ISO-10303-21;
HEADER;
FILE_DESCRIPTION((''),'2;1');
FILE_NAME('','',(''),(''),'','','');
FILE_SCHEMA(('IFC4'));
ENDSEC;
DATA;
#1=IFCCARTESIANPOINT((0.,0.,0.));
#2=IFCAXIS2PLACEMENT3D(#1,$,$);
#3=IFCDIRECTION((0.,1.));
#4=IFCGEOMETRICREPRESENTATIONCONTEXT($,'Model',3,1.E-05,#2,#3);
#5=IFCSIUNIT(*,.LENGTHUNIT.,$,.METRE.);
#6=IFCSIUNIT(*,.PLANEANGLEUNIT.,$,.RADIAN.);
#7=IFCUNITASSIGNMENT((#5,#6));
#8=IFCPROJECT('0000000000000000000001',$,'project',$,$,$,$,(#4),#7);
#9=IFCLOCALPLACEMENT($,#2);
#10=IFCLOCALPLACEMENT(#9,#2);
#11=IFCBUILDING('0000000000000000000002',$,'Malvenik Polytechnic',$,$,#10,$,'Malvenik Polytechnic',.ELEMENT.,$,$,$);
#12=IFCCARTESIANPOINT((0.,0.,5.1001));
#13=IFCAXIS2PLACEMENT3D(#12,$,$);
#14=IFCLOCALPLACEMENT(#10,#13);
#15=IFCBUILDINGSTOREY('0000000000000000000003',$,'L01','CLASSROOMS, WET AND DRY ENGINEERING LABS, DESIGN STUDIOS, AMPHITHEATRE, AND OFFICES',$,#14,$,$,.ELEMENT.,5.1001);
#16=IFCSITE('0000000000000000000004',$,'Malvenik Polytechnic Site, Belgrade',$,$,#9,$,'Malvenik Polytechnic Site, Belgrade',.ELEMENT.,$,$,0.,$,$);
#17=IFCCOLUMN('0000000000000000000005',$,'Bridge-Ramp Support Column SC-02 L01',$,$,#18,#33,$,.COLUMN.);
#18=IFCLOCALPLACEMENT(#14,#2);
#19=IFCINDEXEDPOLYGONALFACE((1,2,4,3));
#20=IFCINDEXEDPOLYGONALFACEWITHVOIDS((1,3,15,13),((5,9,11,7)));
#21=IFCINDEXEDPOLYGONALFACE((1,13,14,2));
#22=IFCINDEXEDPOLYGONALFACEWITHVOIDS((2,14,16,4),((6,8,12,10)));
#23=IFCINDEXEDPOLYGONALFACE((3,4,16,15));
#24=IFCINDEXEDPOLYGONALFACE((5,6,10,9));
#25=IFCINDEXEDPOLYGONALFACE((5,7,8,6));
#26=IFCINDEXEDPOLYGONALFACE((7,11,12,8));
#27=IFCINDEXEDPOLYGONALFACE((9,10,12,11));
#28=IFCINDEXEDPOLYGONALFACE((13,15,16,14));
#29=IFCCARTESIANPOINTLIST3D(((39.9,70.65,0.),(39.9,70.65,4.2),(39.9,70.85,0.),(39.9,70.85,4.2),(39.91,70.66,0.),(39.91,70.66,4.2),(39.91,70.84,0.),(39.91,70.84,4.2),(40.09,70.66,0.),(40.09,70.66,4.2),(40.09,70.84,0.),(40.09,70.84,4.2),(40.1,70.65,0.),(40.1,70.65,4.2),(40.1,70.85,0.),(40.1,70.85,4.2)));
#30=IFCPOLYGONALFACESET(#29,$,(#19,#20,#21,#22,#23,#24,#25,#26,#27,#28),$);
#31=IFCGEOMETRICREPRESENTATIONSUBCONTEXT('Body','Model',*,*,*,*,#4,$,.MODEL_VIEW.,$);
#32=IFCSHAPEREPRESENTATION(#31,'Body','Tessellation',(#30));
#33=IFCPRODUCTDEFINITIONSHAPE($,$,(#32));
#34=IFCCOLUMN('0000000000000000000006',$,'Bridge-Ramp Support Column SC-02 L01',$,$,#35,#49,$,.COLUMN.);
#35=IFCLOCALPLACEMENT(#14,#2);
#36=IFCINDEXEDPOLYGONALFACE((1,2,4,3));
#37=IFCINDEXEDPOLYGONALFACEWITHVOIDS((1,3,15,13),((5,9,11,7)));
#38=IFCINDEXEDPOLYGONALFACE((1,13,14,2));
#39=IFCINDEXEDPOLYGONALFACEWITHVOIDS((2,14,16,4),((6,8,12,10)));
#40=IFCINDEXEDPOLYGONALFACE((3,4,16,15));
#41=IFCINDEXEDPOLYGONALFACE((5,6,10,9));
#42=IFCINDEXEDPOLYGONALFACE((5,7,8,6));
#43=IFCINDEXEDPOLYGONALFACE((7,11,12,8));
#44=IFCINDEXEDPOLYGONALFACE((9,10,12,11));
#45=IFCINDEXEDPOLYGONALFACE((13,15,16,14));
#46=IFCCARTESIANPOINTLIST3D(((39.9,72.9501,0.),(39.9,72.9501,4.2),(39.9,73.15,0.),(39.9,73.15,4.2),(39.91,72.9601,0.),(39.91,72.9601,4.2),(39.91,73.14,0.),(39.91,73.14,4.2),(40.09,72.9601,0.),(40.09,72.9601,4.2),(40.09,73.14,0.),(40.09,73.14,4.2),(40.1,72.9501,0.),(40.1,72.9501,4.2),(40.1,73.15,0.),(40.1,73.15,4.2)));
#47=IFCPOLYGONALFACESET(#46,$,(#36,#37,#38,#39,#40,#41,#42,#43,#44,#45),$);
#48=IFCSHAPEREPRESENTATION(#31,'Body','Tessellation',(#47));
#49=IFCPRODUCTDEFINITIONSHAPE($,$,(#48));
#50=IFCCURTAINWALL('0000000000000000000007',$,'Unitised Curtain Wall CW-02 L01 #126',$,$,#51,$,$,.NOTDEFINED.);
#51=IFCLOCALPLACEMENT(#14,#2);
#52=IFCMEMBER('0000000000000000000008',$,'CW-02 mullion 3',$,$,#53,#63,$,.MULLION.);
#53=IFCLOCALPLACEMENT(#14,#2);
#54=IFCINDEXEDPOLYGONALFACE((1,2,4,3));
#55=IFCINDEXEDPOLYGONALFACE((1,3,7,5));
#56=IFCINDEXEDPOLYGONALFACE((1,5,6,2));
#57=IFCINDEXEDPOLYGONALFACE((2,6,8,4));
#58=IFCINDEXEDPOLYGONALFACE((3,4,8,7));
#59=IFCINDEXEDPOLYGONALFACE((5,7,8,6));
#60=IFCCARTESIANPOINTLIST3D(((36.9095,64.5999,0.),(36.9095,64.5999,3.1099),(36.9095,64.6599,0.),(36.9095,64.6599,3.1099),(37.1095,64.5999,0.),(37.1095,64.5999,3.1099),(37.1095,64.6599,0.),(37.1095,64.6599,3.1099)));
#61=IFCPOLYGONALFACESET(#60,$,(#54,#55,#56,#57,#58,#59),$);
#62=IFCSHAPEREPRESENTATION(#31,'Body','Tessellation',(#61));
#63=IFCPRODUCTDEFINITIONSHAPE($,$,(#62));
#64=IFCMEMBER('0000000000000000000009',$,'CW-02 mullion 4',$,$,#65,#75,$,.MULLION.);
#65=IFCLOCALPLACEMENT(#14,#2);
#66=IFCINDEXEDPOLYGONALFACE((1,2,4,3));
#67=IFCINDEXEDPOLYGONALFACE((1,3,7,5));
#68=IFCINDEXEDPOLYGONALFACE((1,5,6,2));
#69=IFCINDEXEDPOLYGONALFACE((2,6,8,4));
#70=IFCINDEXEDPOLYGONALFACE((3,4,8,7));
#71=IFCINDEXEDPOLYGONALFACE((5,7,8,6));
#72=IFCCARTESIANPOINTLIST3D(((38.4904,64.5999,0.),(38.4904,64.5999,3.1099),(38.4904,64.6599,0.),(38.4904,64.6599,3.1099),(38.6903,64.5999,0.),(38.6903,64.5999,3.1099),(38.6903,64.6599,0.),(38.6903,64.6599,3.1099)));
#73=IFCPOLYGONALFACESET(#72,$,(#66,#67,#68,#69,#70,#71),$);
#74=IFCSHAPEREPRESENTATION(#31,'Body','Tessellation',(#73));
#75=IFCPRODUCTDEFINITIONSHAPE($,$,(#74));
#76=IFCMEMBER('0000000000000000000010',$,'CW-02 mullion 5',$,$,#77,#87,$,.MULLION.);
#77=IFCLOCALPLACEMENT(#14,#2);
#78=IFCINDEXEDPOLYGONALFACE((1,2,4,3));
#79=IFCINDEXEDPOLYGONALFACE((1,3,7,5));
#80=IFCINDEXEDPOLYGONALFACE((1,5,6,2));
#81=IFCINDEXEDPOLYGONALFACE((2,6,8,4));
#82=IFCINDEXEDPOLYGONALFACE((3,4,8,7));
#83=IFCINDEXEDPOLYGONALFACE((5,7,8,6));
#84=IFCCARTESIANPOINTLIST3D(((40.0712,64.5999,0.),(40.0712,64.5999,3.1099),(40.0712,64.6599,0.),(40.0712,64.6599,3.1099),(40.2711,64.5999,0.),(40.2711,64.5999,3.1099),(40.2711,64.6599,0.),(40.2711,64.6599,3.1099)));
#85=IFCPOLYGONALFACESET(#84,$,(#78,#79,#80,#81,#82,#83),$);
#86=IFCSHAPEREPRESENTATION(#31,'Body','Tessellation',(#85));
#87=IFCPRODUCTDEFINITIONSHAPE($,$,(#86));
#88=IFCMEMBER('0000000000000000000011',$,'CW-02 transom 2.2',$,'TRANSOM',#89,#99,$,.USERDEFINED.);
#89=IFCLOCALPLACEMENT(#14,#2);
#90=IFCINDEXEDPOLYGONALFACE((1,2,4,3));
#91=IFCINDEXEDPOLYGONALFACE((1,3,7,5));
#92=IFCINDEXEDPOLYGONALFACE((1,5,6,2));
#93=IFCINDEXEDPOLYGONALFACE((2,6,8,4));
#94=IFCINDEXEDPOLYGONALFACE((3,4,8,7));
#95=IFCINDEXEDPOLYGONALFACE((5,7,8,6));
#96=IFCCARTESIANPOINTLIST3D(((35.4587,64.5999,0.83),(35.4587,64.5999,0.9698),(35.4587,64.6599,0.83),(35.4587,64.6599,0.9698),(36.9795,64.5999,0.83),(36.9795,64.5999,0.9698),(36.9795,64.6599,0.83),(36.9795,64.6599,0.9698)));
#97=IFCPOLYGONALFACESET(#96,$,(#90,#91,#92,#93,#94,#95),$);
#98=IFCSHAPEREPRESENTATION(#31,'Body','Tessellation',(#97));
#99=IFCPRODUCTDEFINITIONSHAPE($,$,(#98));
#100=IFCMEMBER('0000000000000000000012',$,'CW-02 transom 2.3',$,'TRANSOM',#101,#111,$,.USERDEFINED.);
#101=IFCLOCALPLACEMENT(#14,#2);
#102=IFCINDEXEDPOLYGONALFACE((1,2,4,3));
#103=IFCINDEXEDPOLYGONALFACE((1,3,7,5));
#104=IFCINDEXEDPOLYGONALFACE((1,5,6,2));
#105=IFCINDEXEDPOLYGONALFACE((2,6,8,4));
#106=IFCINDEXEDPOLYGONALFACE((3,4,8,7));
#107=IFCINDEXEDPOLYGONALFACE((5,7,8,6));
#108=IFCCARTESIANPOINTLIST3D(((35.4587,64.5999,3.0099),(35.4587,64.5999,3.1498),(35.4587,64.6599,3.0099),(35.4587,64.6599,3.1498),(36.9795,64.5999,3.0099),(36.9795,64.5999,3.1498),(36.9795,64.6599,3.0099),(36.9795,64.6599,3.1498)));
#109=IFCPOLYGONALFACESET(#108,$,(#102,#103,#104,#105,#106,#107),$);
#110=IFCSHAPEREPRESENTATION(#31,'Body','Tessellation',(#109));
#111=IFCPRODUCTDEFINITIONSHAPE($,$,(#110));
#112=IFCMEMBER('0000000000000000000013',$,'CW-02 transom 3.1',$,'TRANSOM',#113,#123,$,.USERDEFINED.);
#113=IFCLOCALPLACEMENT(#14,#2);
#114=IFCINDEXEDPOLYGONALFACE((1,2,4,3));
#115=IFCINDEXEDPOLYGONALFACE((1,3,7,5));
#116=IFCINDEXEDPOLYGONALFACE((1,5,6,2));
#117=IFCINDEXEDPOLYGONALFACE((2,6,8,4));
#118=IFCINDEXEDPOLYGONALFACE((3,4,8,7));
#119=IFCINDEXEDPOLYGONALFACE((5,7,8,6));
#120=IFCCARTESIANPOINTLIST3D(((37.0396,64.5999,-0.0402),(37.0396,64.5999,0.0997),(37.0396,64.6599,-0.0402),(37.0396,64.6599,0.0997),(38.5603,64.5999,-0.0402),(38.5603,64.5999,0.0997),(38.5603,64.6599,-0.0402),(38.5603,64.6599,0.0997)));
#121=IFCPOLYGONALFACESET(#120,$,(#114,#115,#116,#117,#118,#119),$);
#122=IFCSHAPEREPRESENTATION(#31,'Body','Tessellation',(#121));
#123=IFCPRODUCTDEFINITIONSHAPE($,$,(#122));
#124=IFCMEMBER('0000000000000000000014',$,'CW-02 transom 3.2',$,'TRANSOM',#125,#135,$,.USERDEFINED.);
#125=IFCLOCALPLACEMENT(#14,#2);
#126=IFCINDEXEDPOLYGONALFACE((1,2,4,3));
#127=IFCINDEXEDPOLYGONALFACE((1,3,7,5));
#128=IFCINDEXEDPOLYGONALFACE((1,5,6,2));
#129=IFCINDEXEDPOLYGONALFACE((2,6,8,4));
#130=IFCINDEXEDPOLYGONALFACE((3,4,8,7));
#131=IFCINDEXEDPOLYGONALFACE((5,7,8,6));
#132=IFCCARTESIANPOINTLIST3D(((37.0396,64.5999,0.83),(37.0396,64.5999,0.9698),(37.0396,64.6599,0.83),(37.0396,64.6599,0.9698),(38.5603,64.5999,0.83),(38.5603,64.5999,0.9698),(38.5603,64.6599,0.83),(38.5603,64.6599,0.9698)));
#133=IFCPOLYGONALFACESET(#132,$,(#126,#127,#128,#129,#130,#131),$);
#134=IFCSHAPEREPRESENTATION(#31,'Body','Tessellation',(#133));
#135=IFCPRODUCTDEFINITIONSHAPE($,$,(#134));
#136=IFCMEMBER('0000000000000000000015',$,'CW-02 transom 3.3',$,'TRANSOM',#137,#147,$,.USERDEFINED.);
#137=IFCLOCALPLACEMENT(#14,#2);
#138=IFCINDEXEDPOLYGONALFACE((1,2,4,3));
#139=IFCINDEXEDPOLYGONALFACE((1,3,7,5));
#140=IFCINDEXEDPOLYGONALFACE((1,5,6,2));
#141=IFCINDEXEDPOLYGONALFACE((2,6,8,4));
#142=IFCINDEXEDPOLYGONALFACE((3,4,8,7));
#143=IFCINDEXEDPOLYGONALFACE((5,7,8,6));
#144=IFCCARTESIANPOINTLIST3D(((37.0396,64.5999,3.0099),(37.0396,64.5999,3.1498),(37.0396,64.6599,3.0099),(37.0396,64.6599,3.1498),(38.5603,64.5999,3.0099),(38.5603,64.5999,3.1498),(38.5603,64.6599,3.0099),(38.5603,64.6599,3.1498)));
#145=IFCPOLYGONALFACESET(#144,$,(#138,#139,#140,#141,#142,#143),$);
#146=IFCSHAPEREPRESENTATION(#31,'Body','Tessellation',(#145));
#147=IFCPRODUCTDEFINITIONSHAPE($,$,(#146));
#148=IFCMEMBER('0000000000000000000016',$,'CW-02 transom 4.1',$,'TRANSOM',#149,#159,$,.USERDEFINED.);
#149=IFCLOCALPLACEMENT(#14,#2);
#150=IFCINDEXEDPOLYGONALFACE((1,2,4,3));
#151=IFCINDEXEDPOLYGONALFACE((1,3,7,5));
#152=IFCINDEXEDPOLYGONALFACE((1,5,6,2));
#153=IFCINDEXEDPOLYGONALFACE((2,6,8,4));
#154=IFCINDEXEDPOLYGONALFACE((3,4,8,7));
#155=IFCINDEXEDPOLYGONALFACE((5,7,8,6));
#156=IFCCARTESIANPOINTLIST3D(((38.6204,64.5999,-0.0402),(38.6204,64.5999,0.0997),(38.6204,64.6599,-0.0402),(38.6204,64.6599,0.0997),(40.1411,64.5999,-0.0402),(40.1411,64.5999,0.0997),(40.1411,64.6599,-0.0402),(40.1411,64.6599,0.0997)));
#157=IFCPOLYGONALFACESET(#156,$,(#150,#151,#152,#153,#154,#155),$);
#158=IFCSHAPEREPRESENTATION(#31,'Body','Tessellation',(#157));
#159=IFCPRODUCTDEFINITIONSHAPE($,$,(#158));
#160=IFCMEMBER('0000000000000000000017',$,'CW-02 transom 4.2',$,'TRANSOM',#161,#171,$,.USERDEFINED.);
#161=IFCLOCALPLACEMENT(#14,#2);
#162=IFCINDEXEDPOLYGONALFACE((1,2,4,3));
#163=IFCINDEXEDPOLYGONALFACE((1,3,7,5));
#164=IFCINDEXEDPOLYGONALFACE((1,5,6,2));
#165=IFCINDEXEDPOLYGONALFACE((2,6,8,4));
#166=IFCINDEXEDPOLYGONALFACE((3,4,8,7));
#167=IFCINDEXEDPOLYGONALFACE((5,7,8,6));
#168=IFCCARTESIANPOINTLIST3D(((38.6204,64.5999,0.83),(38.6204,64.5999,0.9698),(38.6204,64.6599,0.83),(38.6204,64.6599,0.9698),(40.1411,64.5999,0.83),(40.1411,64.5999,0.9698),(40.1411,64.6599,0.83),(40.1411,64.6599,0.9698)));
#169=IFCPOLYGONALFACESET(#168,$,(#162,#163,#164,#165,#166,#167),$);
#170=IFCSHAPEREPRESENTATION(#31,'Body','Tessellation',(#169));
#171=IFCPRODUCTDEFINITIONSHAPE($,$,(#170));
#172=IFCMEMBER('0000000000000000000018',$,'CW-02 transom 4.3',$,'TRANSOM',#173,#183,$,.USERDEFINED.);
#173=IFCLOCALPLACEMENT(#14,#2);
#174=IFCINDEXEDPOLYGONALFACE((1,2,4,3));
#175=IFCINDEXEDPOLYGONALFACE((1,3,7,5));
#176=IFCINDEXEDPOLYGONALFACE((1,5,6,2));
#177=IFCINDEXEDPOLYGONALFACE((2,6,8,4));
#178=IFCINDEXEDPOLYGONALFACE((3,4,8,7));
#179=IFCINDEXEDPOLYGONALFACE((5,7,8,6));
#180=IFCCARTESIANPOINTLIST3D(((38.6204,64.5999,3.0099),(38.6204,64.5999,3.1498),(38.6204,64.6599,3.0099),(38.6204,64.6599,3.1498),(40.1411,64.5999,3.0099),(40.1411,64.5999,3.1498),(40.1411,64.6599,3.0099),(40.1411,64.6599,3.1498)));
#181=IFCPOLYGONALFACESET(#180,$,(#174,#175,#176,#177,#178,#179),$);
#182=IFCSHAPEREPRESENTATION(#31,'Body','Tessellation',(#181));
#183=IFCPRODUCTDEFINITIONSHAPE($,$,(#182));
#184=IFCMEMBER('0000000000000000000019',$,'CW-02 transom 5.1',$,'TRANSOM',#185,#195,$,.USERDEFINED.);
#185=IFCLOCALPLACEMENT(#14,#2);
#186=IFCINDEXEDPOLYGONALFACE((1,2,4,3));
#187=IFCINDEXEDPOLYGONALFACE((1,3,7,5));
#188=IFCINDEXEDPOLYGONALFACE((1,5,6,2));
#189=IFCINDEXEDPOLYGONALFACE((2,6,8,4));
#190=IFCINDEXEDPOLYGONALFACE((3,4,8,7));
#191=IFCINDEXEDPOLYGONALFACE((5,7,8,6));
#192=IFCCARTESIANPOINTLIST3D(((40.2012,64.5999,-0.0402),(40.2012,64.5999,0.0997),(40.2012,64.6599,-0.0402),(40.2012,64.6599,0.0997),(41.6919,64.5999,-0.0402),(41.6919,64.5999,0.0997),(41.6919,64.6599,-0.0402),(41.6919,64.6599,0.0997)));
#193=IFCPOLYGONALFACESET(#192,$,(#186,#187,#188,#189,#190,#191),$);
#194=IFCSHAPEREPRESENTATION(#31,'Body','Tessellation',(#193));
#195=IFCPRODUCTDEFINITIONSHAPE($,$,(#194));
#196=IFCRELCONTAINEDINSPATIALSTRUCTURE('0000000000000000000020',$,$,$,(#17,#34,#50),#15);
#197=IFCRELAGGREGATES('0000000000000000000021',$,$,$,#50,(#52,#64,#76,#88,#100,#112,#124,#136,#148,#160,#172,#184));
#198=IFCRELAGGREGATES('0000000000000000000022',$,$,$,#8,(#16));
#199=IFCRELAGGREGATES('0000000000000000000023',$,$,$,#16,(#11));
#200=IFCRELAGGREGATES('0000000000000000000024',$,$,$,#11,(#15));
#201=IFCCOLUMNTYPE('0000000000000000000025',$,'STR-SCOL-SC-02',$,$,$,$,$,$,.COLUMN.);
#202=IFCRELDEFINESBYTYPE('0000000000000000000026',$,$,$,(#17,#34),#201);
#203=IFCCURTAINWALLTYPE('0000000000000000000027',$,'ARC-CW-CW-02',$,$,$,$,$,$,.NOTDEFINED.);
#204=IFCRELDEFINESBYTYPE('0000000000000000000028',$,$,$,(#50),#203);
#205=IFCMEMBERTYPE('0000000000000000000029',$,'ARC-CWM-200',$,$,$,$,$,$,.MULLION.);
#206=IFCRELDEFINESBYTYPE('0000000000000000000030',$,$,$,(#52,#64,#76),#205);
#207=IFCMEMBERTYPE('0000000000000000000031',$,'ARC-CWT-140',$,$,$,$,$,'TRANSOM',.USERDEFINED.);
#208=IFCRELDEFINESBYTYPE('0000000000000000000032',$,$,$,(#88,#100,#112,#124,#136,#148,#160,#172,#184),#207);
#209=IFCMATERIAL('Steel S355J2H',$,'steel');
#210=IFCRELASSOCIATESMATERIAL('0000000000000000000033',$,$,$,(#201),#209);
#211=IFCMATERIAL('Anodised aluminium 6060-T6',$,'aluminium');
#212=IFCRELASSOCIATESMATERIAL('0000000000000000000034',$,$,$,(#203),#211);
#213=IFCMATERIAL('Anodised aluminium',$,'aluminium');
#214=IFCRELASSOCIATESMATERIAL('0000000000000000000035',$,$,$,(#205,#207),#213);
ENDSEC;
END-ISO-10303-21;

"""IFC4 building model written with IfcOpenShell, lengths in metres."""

from ifc_helpers import new_model, si_unit, direction, frame, origin, origin_2d, place, context, subcontext, project, spatial, rectangle, hollow_rectangle, extrude, material, material_profile, profile_set, type_object, element, aggregate, save


model = new_model("IFC4")

# Units and contexts
model_context = context("Model", 3, precision=1e-05, world=origin(), true_north=direction((0.0, 1.0)))
body_context = subcontext(model_context, "Body", "Model", "MODEL_VIEW")
ifc_project = project(units=[si_unit("LENGTHUNIT", "METRE"), si_unit("PLANEANGLEUNIT", "RADIAN")], contexts=[model_context])

# Site, building, storey
site_placement = place(None, origin())
site = spatial("IfcSite", under=ifc_project, at=site_placement, Name="Malvenik Polytechnic Site, Belgrade", LongName="Malvenik Polytechnic Site, Belgrade", CompositionType="ELEMENT", RefElevation=0.0)
building_placement = place(site_placement, origin())
building = spatial("IfcBuilding", under=site, at=building_placement, Name="Malvenik Polytechnic", LongName="Malvenik Polytechnic", CompositionType="ELEMENT")
storey_placement = place(building_placement, frame((0.0, 0.0, 5.1001)))
storey = spatial("IfcBuildingStorey", under=building, at=storey_placement, Name="L01", Description="CLASSROOMS, WET AND DRY ENGINEERING LABS, DESIGN STUDIOS, AMPHITHEATRE, AND OFFICES", CompositionType="ELEMENT", Elevation=5.1001)

# Columns
ifc_material_1 = material(Name="Steel S355J2H", Category="steel")
ifc_material_profile_1 = material_profile(ifc_material_1, hollow_rectangle(XDim=0.2, YDim=0.2, WallThickness=0.01, at=origin_2d()), Name="SHS 200x200x10.0")
ifc_profile_set_1 = profile_set([ifc_material_profile_1], Name="Steel S355J2H")
column_type = type_object("IfcColumnType", Name="STR-SCOL-SC-02", PredefinedType="COLUMN", material=ifc_profile_set_1)
for number, where, z_axis, x_axis, name in (
    (1, (40.0, 70.75, 0.0), (0.0, 0.0, 1.0), (1.0, 0.0, 0.0), "Bridge-Ramp Support Column SC-02 L01"),
    (2, (40.0, 73.05, 0.0), (0.0, 0.0, 1.0), (1.0, 0.0, 0.0), "Bridge-Ramp Support Column SC-02 L01"),
):
    element("IfcColumn", number, at=place(storey_placement, frame(where, z_axis=z_axis, x_axis=x_axis)), inside=storey, type_object=column_type, Name=name, PredefinedType="COLUMN", context=body_context, shape_type="SweptSolid", body=[
        extrude(hollow_rectangle(XDim=0.2, YDim=0.2, WallThickness=0.01, at=origin_2d()), origin(), (0.0, 0.0, 1.0), 4.2),
    ])

# Curtain wall, members
ifc_material_2 = material(Name="Anodised aluminium 6060-T6", Category="aluminium")
curtain_wall_type = type_object("IfcCurtainWallType", Name="ARC-CW-CW-02", PredefinedType="NOTDEFINED", material=ifc_material_2)
curtain_wall_placement = place(storey_placement, origin())
curtain_wall = element("IfcCurtainWall", 3, at=curtain_wall_placement, inside=storey, type_object=curtain_wall_type, Name="Unitised Curtain Wall CW-02 L01 #126", PredefinedType="NOTDEFINED")
ifc_material_3 = material(Name="Anodised aluminium", Category="aluminium")
ifc_material_profile_2 = material_profile(ifc_material_3, rectangle(XDim=0.0601, YDim=0.2, at=origin_2d()), Name="ALU MULLION 60x200")
ifc_profile_set_2 = profile_set([ifc_material_profile_2], Name="Anodised aluminium")
member_type_1 = type_object("IfcMemberType", Name="ARC-CWM-200", PredefinedType="MULLION", material=ifc_profile_set_2)
member_1_placement = place(storey_placement, frame((37.0095, 64.6299, 0.0), z_axis=(0.0, 0.0, 1.0), x_axis=(0.0, 1.0, 0.0)))
member_1 = element("IfcMember", 4, at=member_1_placement, type_object=member_type_1, Name="CW-02 mullion 3", PredefinedType="MULLION", context=body_context, shape_type="SweptSolid", body=[
    extrude(rectangle(XDim=0.0601, YDim=0.2, at=origin_2d()), origin(), (0.0, 0.0, 1.0), 3.1099),
])
member_2_placement = place(storey_placement, frame((38.5903, 64.6299, 0.0), z_axis=(0.0, 0.0, 1.0), x_axis=(0.0, 1.0, 0.0)))
member_2 = element("IfcMember", 5, at=member_2_placement, type_object=member_type_1, Name="CW-02 mullion 4", PredefinedType="MULLION", context=body_context, shape_type="SweptSolid", body=[
    extrude(rectangle(XDim=0.0601, YDim=0.2, at=origin_2d()), origin(), (0.0, 0.0, 1.0), 3.1099),
])
member_3_placement = place(storey_placement, frame((40.1711, 64.6299, 0.0), z_axis=(0.0, 0.0, 1.0), x_axis=(0.0, 1.0, 0.0)))
member_3 = element("IfcMember", 6, at=member_3_placement, type_object=member_type_1, Name="CW-02 mullion 5", PredefinedType="MULLION", context=body_context, shape_type="SweptSolid", body=[
    extrude(rectangle(XDim=0.0601, YDim=0.2, at=origin_2d()), origin(), (0.0, 0.0, 1.0), 3.1099),
])
ifc_material_profile_3 = material_profile(ifc_material_3, rectangle(XDim=0.0601, YDim=0.1399, at=origin_2d()), Name="ALU TRANSOM 60x140")
ifc_profile_set_3 = profile_set([ifc_material_profile_3], Name="Anodised aluminium")
member_type_2 = type_object("IfcMemberType", Name="ARC-CWT-140", ElementType="TRANSOM", PredefinedType="USERDEFINED", material=ifc_profile_set_3)
member_4_placement = place(storey_placement, frame((35.4587, 64.6299, 0.8999), z_axis=(1.0, 0.0, 0.0), x_axis=(0.0, 1.0, 0.0)))
member_4 = element("IfcMember", 7, at=member_4_placement, type_object=member_type_2, Name="CW-02 transom 2.2", ObjectType="TRANSOM", PredefinedType="USERDEFINED", context=body_context, shape_type="SweptSolid", body=[
    extrude(rectangle(XDim=0.0601, YDim=0.1399, at=origin_2d()), origin(), (0.0, 0.0, 1.0), 1.5208),
])
member_5_placement = place(storey_placement, frame((35.4587, 64.6299, 3.0798), z_axis=(1.0, 0.0, 0.0), x_axis=(0.0, 1.0, 0.0)))
member_5 = element("IfcMember", 8, at=member_5_placement, type_object=member_type_2, Name="CW-02 transom 2.3", ObjectType="TRANSOM", PredefinedType="USERDEFINED", context=body_context, shape_type="SweptSolid", body=[
    extrude(rectangle(XDim=0.0601, YDim=0.1399, at=origin_2d()), origin(), (0.0, 0.0, 1.0), 1.5208),
])
member_6_placement = place(storey_placement, frame((37.0396, 64.6299, 0.0298), z_axis=(1.0, 0.0, 0.0), x_axis=(0.0, 1.0, 0.0)))
member_6 = element("IfcMember", 9, at=member_6_placement, type_object=member_type_2, Name="CW-02 transom 3.1", ObjectType="TRANSOM", PredefinedType="USERDEFINED", context=body_context, shape_type="SweptSolid", body=[
    extrude(rectangle(XDim=0.0601, YDim=0.1399, at=origin_2d()), origin(), (0.0, 0.0, 1.0), 1.5208),
])
member_7_placement = place(storey_placement, frame((37.0396, 64.6299, 0.8999), z_axis=(1.0, 0.0, 0.0), x_axis=(0.0, 1.0, 0.0)))
member_7 = element("IfcMember", 10, at=member_7_placement, type_object=member_type_2, Name="CW-02 transom 3.2", ObjectType="TRANSOM", PredefinedType="USERDEFINED", context=body_context, shape_type="SweptSolid", body=[
    extrude(rectangle(XDim=0.0601, YDim=0.1399, at=origin_2d()), origin(), (0.0, 0.0, 1.0), 1.5208),
])
member_8_placement = place(storey_placement, frame((37.0396, 64.6299, 3.0798), z_axis=(1.0, 0.0, 0.0), x_axis=(0.0, 1.0, 0.0)))
member_8 = element("IfcMember", 11, at=member_8_placement, type_object=member_type_2, Name="CW-02 transom 3.3", ObjectType="TRANSOM", PredefinedType="USERDEFINED", context=body_context, shape_type="SweptSolid", body=[
    extrude(rectangle(XDim=0.0601, YDim=0.1399, at=origin_2d()), origin(), (0.0, 0.0, 1.0), 1.5208),
])
member_9_placement = place(storey_placement, frame((38.6204, 64.6299, 0.0298), z_axis=(1.0, 0.0, 0.0), x_axis=(0.0, 1.0, 0.0)))
member_9 = element("IfcMember", 12, at=member_9_placement, type_object=member_type_2, Name="CW-02 transom 4.1", ObjectType="TRANSOM", PredefinedType="USERDEFINED", context=body_context, shape_type="SweptSolid", body=[
    extrude(rectangle(XDim=0.0601, YDim=0.1399, at=origin_2d()), origin(), (0.0, 0.0, 1.0), 1.5208),
])
member_10_placement = place(storey_placement, frame((38.6204, 64.6299, 0.8999), z_axis=(1.0, 0.0, 0.0), x_axis=(0.0, 1.0, 0.0)))
member_10 = element("IfcMember", 13, at=member_10_placement, type_object=member_type_2, Name="CW-02 transom 4.2", ObjectType="TRANSOM", PredefinedType="USERDEFINED", context=body_context, shape_type="SweptSolid", body=[
    extrude(rectangle(XDim=0.0601, YDim=0.1399, at=origin_2d()), origin(), (0.0, 0.0, 1.0), 1.5208),
])
member_11_placement = place(storey_placement, frame((38.6204, 64.6299, 3.0798), z_axis=(1.0, 0.0, 0.0), x_axis=(0.0, 1.0, 0.0)))
member_11 = element("IfcMember", 14, at=member_11_placement, type_object=member_type_2, Name="CW-02 transom 4.3", ObjectType="TRANSOM", PredefinedType="USERDEFINED", context=body_context, shape_type="SweptSolid", body=[
    extrude(rectangle(XDim=0.0601, YDim=0.1399, at=origin_2d()), origin(), (0.0, 0.0, 1.0), 1.5208),
])
member_12_placement = place(storey_placement, frame((40.2012, 64.6299, 0.0298), z_axis=(1.0, 0.0, 0.0), x_axis=(0.0, 1.0, 0.0)))
member_12 = element("IfcMember", 15, at=member_12_placement, type_object=member_type_2, Name="CW-02 transom 5.1", ObjectType="TRANSOM", PredefinedType="USERDEFINED", context=body_context, shape_type="SweptSolid", body=[
    extrude(rectangle(XDim=0.0601, YDim=0.1399, at=origin_2d()), origin(), (0.0, 0.0, 1.0), 1.4907),
])
aggregate(curtain_wall, [member_1, member_2, member_3, member_4, member_5, member_6, member_7, member_8, member_9, member_10, member_11, member_12])

save(model, "model.ifc")
